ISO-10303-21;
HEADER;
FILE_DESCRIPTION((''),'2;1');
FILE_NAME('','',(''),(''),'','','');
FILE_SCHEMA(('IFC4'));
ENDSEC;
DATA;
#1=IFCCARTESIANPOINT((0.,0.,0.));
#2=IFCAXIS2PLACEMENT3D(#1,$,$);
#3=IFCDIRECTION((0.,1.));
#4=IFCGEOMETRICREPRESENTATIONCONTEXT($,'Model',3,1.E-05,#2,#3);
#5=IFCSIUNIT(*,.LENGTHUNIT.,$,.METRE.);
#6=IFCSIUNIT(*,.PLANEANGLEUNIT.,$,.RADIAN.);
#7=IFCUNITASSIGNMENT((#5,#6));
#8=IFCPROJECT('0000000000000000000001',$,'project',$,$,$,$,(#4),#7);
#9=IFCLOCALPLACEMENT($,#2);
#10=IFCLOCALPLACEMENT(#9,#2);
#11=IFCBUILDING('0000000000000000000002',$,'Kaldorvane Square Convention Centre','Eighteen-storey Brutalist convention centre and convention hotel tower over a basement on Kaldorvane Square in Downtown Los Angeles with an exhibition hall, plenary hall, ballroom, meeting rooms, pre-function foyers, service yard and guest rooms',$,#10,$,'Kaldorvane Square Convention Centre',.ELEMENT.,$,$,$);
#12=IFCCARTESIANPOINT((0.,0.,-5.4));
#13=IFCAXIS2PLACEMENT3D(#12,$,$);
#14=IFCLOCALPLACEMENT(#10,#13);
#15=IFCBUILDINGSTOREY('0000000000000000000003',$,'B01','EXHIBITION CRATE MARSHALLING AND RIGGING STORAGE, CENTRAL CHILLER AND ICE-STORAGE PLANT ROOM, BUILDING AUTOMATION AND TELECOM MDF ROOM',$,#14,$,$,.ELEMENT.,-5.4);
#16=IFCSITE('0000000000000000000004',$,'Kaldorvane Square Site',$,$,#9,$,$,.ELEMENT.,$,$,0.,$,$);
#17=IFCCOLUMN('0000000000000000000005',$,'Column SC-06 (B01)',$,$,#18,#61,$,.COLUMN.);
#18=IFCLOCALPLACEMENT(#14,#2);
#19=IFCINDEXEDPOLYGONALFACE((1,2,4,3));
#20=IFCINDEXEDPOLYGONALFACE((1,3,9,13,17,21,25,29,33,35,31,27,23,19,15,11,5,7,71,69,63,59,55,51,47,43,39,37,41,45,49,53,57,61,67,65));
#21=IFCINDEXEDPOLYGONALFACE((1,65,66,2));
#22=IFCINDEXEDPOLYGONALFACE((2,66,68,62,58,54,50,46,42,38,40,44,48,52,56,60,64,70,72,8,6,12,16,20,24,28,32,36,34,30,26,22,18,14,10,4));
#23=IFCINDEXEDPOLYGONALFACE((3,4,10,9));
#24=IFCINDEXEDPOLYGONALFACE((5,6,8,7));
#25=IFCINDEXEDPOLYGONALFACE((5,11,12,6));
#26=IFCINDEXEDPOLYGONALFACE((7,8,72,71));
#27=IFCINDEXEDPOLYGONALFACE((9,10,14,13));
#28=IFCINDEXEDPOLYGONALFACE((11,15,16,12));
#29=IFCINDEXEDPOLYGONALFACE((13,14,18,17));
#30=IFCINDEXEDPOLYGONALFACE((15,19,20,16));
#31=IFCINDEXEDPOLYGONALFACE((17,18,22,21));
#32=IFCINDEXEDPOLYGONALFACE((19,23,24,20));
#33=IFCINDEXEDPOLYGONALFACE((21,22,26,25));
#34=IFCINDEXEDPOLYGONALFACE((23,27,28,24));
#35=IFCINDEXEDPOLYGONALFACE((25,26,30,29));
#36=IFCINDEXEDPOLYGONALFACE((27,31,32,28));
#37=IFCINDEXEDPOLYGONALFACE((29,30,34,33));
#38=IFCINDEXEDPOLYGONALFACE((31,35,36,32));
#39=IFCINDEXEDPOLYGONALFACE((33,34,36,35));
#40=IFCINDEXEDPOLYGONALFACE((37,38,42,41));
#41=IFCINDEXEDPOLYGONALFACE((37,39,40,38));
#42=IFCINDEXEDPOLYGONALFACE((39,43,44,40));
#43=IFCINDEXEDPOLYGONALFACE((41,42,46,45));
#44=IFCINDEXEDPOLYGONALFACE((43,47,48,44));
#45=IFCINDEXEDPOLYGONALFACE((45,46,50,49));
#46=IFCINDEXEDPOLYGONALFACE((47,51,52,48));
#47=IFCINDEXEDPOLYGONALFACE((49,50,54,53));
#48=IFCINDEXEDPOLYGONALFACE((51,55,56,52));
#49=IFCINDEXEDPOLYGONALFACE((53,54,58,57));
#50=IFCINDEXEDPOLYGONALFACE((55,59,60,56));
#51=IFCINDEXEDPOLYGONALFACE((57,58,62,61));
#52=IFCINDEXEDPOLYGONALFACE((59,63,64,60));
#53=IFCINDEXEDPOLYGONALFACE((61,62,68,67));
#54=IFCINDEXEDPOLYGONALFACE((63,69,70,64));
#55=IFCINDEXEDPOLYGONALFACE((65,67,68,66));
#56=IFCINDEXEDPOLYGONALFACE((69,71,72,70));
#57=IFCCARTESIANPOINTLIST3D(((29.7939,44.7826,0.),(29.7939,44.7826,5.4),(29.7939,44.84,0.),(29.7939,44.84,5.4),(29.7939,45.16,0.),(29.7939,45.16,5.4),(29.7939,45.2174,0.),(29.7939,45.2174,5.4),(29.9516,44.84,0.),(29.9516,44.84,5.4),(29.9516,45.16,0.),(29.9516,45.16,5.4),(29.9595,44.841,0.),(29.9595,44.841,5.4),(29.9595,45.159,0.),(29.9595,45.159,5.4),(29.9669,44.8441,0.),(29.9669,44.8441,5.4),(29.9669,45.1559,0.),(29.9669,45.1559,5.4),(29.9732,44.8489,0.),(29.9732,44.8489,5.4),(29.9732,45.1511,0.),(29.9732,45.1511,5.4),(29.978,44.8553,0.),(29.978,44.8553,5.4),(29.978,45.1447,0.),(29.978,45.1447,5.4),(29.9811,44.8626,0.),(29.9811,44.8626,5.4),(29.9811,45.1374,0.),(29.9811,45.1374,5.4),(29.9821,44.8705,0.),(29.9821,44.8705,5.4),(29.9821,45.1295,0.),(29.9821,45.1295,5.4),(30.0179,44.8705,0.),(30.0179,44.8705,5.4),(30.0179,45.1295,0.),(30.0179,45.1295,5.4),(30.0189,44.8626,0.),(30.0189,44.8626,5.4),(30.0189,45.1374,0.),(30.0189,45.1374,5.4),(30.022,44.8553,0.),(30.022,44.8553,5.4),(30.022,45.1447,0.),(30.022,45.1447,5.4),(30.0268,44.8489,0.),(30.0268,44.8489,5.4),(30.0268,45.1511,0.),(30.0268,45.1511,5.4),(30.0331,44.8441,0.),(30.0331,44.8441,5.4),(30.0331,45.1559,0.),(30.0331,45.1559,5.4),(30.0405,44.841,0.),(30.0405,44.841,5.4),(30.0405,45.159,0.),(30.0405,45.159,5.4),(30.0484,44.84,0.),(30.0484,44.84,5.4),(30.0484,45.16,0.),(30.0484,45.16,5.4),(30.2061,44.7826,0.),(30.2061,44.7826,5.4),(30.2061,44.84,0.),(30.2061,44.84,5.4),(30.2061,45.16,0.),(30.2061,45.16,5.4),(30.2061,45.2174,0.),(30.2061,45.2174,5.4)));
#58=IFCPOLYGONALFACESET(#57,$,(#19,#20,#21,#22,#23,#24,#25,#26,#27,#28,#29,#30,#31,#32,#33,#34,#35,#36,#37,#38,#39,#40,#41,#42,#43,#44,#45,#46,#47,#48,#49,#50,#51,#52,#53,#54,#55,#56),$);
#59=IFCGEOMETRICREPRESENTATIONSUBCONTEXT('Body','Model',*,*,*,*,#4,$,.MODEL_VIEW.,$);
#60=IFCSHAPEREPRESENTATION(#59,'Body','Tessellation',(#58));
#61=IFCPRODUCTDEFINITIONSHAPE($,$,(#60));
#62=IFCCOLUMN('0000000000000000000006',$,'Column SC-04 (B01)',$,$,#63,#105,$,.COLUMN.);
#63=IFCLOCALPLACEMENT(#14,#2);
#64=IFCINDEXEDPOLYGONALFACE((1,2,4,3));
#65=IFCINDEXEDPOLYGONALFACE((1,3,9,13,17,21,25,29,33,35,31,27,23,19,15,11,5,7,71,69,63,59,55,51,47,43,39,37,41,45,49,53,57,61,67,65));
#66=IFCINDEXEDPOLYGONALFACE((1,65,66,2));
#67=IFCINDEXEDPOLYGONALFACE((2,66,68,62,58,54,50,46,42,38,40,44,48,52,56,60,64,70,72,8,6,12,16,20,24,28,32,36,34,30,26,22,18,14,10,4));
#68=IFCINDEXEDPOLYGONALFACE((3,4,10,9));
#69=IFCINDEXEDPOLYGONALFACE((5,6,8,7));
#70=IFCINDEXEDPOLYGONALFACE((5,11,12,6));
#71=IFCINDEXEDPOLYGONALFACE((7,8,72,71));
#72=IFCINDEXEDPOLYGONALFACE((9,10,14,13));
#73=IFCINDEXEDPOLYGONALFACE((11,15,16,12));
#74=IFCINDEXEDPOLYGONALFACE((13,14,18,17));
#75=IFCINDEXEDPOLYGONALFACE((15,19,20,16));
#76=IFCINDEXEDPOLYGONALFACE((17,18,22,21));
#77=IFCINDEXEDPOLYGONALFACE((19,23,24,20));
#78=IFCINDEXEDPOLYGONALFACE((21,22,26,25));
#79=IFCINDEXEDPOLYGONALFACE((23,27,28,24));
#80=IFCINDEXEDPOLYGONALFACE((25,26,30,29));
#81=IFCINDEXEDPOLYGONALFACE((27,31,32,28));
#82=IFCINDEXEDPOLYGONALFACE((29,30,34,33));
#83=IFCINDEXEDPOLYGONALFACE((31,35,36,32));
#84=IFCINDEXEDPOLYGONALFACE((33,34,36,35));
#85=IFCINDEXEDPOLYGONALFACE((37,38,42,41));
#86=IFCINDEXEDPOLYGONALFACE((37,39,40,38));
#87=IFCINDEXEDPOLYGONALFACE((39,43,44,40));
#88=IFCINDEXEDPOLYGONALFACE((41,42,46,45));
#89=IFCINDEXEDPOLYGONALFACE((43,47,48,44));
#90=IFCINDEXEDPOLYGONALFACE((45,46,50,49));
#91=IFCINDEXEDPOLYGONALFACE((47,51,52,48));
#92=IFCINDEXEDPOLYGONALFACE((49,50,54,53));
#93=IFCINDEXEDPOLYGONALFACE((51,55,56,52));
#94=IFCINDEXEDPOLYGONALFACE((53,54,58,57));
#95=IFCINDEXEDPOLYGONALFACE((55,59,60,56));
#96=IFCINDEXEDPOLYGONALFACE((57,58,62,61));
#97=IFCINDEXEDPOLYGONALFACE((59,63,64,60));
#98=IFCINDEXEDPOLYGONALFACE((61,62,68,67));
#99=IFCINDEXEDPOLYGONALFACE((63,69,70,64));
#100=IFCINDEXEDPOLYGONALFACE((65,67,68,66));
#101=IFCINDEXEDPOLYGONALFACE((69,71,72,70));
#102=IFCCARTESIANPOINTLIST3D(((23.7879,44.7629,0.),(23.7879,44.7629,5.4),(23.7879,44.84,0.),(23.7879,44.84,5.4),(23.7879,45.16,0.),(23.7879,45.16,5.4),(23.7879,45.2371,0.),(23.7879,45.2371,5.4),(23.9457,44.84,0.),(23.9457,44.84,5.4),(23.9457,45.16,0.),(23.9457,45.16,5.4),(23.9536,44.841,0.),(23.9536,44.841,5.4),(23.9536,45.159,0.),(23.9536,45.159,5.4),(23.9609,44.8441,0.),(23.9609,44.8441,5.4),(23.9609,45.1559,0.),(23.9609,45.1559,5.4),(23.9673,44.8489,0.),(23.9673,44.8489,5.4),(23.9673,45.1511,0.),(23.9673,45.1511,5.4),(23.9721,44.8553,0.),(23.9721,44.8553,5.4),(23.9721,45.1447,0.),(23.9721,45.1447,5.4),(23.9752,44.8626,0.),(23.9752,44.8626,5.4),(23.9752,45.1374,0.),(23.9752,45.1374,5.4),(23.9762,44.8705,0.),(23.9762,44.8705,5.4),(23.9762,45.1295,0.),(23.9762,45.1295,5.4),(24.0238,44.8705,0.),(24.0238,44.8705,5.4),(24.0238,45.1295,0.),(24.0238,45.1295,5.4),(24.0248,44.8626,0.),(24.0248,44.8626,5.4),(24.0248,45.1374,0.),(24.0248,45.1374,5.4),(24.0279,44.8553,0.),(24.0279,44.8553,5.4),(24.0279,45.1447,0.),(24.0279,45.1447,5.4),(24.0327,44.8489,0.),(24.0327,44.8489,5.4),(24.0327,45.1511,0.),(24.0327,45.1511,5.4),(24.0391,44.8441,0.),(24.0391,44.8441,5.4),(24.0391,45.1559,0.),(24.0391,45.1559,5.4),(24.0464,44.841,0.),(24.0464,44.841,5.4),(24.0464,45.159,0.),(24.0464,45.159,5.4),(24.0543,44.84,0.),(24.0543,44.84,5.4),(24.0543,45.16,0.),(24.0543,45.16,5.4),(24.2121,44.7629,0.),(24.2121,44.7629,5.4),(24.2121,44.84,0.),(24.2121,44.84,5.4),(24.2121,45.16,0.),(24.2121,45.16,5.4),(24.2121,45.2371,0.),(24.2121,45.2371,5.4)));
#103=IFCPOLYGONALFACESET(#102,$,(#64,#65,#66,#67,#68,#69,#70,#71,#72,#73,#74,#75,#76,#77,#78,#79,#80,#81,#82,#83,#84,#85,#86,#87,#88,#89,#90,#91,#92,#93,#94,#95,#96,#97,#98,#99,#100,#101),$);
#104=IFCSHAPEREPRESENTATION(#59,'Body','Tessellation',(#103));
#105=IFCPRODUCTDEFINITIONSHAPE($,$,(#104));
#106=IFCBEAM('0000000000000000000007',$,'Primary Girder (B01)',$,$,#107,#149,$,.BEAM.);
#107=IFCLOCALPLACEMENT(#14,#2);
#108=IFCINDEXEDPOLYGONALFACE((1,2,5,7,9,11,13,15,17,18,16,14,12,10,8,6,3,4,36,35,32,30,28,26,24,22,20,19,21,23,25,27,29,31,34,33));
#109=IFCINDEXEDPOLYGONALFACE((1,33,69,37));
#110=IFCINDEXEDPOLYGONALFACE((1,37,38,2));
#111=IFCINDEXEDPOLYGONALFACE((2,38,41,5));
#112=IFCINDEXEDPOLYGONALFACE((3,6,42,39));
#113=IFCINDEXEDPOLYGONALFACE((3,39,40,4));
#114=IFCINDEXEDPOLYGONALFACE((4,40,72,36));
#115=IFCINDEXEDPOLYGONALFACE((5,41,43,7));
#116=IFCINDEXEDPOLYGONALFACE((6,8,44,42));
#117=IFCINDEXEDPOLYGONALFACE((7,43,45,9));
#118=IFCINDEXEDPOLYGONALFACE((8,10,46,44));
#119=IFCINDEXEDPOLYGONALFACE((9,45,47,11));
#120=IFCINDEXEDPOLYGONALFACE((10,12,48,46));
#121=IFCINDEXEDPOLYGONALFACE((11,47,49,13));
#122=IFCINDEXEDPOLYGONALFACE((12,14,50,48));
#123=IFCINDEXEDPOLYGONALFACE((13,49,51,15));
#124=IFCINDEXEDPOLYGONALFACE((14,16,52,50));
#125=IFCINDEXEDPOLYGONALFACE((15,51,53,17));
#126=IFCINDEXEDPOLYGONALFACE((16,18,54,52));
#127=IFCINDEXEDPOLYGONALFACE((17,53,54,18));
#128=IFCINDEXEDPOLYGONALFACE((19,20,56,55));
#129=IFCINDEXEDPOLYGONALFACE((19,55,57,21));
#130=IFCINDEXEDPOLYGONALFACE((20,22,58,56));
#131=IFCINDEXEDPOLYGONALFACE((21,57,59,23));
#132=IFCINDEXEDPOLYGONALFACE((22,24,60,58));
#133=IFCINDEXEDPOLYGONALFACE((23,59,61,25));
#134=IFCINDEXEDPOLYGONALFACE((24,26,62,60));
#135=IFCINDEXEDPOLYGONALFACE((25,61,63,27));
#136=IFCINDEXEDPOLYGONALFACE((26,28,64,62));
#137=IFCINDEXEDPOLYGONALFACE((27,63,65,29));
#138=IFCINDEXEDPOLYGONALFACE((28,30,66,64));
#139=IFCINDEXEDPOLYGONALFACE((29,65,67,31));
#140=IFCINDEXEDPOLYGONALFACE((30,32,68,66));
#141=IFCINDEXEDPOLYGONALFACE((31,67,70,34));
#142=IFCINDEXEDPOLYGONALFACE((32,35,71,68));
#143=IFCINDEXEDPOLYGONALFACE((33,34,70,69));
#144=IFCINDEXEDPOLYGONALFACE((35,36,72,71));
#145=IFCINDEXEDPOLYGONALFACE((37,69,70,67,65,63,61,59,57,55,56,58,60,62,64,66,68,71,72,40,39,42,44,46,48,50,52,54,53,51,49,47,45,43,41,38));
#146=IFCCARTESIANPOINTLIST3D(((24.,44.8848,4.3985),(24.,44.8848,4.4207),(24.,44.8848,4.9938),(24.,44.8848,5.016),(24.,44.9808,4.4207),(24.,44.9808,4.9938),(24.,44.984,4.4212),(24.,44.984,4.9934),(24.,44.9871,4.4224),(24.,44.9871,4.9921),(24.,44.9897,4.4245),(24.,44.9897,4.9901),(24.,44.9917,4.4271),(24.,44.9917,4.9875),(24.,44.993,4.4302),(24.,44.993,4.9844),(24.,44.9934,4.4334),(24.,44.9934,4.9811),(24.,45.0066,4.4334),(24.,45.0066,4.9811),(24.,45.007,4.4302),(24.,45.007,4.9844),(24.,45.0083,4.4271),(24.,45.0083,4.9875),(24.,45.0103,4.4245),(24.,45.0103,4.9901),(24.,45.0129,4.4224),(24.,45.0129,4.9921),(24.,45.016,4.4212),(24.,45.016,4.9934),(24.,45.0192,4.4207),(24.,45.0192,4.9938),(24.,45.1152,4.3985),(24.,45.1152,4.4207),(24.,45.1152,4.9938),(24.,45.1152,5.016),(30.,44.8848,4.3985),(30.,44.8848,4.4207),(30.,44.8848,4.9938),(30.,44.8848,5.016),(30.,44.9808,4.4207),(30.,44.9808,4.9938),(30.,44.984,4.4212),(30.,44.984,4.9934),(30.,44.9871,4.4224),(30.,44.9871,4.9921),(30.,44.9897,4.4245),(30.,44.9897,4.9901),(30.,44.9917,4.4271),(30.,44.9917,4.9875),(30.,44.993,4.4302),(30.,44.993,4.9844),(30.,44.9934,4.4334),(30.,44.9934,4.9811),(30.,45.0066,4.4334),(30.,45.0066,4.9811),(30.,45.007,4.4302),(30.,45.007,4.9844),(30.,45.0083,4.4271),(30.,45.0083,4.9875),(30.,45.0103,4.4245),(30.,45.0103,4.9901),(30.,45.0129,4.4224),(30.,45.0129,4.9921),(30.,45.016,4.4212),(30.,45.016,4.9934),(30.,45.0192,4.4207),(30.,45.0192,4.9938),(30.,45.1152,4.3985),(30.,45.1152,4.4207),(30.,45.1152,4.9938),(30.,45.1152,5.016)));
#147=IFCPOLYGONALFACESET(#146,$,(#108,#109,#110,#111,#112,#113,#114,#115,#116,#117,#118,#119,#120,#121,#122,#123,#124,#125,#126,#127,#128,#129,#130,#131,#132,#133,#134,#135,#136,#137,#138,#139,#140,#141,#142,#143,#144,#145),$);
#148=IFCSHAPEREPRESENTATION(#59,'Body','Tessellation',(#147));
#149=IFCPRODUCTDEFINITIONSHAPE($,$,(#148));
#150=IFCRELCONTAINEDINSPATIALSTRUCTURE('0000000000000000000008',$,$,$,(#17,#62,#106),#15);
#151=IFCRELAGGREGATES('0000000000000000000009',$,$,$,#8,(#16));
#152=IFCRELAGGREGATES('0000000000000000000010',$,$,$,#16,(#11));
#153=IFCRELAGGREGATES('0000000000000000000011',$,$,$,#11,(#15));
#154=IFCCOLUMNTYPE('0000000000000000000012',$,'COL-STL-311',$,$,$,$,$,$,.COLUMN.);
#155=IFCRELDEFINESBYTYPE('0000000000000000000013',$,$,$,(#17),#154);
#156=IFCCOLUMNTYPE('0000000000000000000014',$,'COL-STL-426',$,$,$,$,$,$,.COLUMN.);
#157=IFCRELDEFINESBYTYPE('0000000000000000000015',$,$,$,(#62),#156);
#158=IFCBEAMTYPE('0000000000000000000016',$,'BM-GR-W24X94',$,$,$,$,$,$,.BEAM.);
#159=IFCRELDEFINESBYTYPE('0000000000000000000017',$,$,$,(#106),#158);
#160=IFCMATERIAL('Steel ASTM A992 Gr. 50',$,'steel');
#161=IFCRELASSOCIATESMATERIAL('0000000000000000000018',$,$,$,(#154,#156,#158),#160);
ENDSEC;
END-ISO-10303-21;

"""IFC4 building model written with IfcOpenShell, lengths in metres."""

from ifc_helpers import new_model, si_unit, direction, frame, origin, origin_2d, place, context, subcontext, project, spatial, i_section, extrude, material, material_profile, profile_set, type_object, element, save


model = new_model("IFC4")

# Units and contexts
model_context = context("Model", 3, precision=1e-05, world=origin(), true_north=direction((0.0, 1.0)))
body_context = subcontext(model_context, "Body", "Model", "MODEL_VIEW")
ifc_project = project(units=[si_unit("LENGTHUNIT", "METRE"), si_unit("PLANEANGLEUNIT", "RADIAN")], contexts=[model_context])

# Site, building, storey
site_placement = place(None, origin())
site = spatial("IfcSite", under=ifc_project, at=site_placement, Name="Kaldorvane Square Site", CompositionType="ELEMENT", RefElevation=0.0)
building_placement = place(site_placement, origin())
building = spatial("IfcBuilding", under=site, at=building_placement, Name="Kaldorvane Square Convention Centre", Description="Eighteen-storey Brutalist convention centre and convention hotel tower over a basement on Kaldorvane Square in Downtown Los Angeles with an exhibition hall, plenary hall, ballroom, meeting rooms, pre-function foyers, service yard and guest rooms", LongName="Kaldorvane Square Convention Centre", CompositionType="ELEMENT")
storey_placement = place(building_placement, frame((0.0, 0.0, -5.4)))
storey = spatial("IfcBuildingStorey", under=building, at=storey_placement, Name="B01", Description="EXHIBITION CRATE MARSHALLING AND RIGGING STORAGE, CENTRAL CHILLER AND ICE-STORAGE PLANT ROOM, BUILDING AUTOMATION AND TELECOM MDF ROOM", CompositionType="ELEMENT", Elevation=-5.4)

# Columns
ifc_material_1 = material(Name="Steel ASTM A992 Gr. 50", Category="steel")
ifc_material_profile_1 = material_profile(ifc_material_1, i_section(OverallWidth=0.4122, OverallDepth=0.4348, WebThickness=0.0358, FlangeThickness=0.0574, FilletRadius=0.0305, at=origin_2d()), Name="W14X311")
ifc_profile_set_1 = profile_set([ifc_material_profile_1], Name="Steel ASTM A992 Gr. 50")
column_type_1 = type_object("IfcColumnType", Name="COL-STL-311", PredefinedType="COLUMN", material=ifc_profile_set_1)
column_1_placement = place(storey_placement, frame((30.0, 45.0, 0.0), z_axis=(0.0, 0.0, 1.0), x_axis=(1.0, 0.0, 0.0)))
element("IfcColumn", 1, at=column_1_placement, inside=storey, type_object=column_type_1, Name="Column SC-06 (B01)", PredefinedType="COLUMN", context=body_context, shape_type="SweptSolid", body=[
    extrude(i_section(OverallWidth=0.4122, OverallDepth=0.4348, WebThickness=0.0358, FlangeThickness=0.0574, FilletRadius=0.0305, at=origin_2d()), origin(), (0.0, 0.0, 1.0), 5.4),
])
ifc_material_profile_2 = material_profile(ifc_material_1, i_section(OverallWidth=0.4241, OverallDepth=0.4742, WebThickness=0.0476, FlangeThickness=0.0771, FilletRadius=0.0305, at=origin_2d()), Name="W14X426")
ifc_profile_set_2 = profile_set([ifc_material_profile_2], Name="Steel ASTM A992 Gr. 50")
column_type_2 = type_object("IfcColumnType", Name="COL-STL-426", PredefinedType="COLUMN", material=ifc_profile_set_2)
column_2_placement = place(storey_placement, frame((24.0, 45.0, 0.0), z_axis=(0.0, 0.0, 1.0), x_axis=(1.0, 0.0, 0.0)))
element("IfcColumn", 2, at=column_2_placement, inside=storey, type_object=column_type_2, Name="Column SC-04 (B01)", PredefinedType="COLUMN", context=body_context, shape_type="SweptSolid", body=[
    extrude(i_section(OverallWidth=0.4241, OverallDepth=0.4742, WebThickness=0.0476, FlangeThickness=0.0771, FilletRadius=0.0305, at=origin_2d()), origin(), (0.0, 0.0, 1.0), 5.4),
])

# Beam
ifc_material_profile_3 = material_profile(ifc_material_1, i_section(OverallWidth=0.2303, OverallDepth=0.6175, WebThickness=0.0131, FlangeThickness=0.0222, FilletRadius=0.0127, at=origin_2d()), Name="W24X94")
ifc_profile_set_3 = profile_set([ifc_material_profile_3], Name="Steel ASTM A992 Gr. 50")
beam_type_1 = type_object("IfcBeamType", Name="BM-GR-W24X94", PredefinedType="BEAM", material=ifc_profile_set_3)
beam_1_placement = place(storey_placement, frame((24.0, 45.0, 4.7073), z_axis=(1.0, 0.0, 0.0), x_axis=(0.0, 1.0, 0.0)))
element("IfcBeam", 3, at=beam_1_placement, inside=storey, type_object=beam_type_1, Name="Primary Girder (B01)", PredefinedType="BEAM", context=body_context, shape_type="SweptSolid", body=[
    extrude(i_section(OverallWidth=0.2303, OverallDepth=0.6175, WebThickness=0.0131, FlangeThickness=0.0222, FilletRadius=0.0127, at=origin_2d()), origin(), (0.0, 0.0, 1.0), 6.0),
])

save(model, "model.ifc")
